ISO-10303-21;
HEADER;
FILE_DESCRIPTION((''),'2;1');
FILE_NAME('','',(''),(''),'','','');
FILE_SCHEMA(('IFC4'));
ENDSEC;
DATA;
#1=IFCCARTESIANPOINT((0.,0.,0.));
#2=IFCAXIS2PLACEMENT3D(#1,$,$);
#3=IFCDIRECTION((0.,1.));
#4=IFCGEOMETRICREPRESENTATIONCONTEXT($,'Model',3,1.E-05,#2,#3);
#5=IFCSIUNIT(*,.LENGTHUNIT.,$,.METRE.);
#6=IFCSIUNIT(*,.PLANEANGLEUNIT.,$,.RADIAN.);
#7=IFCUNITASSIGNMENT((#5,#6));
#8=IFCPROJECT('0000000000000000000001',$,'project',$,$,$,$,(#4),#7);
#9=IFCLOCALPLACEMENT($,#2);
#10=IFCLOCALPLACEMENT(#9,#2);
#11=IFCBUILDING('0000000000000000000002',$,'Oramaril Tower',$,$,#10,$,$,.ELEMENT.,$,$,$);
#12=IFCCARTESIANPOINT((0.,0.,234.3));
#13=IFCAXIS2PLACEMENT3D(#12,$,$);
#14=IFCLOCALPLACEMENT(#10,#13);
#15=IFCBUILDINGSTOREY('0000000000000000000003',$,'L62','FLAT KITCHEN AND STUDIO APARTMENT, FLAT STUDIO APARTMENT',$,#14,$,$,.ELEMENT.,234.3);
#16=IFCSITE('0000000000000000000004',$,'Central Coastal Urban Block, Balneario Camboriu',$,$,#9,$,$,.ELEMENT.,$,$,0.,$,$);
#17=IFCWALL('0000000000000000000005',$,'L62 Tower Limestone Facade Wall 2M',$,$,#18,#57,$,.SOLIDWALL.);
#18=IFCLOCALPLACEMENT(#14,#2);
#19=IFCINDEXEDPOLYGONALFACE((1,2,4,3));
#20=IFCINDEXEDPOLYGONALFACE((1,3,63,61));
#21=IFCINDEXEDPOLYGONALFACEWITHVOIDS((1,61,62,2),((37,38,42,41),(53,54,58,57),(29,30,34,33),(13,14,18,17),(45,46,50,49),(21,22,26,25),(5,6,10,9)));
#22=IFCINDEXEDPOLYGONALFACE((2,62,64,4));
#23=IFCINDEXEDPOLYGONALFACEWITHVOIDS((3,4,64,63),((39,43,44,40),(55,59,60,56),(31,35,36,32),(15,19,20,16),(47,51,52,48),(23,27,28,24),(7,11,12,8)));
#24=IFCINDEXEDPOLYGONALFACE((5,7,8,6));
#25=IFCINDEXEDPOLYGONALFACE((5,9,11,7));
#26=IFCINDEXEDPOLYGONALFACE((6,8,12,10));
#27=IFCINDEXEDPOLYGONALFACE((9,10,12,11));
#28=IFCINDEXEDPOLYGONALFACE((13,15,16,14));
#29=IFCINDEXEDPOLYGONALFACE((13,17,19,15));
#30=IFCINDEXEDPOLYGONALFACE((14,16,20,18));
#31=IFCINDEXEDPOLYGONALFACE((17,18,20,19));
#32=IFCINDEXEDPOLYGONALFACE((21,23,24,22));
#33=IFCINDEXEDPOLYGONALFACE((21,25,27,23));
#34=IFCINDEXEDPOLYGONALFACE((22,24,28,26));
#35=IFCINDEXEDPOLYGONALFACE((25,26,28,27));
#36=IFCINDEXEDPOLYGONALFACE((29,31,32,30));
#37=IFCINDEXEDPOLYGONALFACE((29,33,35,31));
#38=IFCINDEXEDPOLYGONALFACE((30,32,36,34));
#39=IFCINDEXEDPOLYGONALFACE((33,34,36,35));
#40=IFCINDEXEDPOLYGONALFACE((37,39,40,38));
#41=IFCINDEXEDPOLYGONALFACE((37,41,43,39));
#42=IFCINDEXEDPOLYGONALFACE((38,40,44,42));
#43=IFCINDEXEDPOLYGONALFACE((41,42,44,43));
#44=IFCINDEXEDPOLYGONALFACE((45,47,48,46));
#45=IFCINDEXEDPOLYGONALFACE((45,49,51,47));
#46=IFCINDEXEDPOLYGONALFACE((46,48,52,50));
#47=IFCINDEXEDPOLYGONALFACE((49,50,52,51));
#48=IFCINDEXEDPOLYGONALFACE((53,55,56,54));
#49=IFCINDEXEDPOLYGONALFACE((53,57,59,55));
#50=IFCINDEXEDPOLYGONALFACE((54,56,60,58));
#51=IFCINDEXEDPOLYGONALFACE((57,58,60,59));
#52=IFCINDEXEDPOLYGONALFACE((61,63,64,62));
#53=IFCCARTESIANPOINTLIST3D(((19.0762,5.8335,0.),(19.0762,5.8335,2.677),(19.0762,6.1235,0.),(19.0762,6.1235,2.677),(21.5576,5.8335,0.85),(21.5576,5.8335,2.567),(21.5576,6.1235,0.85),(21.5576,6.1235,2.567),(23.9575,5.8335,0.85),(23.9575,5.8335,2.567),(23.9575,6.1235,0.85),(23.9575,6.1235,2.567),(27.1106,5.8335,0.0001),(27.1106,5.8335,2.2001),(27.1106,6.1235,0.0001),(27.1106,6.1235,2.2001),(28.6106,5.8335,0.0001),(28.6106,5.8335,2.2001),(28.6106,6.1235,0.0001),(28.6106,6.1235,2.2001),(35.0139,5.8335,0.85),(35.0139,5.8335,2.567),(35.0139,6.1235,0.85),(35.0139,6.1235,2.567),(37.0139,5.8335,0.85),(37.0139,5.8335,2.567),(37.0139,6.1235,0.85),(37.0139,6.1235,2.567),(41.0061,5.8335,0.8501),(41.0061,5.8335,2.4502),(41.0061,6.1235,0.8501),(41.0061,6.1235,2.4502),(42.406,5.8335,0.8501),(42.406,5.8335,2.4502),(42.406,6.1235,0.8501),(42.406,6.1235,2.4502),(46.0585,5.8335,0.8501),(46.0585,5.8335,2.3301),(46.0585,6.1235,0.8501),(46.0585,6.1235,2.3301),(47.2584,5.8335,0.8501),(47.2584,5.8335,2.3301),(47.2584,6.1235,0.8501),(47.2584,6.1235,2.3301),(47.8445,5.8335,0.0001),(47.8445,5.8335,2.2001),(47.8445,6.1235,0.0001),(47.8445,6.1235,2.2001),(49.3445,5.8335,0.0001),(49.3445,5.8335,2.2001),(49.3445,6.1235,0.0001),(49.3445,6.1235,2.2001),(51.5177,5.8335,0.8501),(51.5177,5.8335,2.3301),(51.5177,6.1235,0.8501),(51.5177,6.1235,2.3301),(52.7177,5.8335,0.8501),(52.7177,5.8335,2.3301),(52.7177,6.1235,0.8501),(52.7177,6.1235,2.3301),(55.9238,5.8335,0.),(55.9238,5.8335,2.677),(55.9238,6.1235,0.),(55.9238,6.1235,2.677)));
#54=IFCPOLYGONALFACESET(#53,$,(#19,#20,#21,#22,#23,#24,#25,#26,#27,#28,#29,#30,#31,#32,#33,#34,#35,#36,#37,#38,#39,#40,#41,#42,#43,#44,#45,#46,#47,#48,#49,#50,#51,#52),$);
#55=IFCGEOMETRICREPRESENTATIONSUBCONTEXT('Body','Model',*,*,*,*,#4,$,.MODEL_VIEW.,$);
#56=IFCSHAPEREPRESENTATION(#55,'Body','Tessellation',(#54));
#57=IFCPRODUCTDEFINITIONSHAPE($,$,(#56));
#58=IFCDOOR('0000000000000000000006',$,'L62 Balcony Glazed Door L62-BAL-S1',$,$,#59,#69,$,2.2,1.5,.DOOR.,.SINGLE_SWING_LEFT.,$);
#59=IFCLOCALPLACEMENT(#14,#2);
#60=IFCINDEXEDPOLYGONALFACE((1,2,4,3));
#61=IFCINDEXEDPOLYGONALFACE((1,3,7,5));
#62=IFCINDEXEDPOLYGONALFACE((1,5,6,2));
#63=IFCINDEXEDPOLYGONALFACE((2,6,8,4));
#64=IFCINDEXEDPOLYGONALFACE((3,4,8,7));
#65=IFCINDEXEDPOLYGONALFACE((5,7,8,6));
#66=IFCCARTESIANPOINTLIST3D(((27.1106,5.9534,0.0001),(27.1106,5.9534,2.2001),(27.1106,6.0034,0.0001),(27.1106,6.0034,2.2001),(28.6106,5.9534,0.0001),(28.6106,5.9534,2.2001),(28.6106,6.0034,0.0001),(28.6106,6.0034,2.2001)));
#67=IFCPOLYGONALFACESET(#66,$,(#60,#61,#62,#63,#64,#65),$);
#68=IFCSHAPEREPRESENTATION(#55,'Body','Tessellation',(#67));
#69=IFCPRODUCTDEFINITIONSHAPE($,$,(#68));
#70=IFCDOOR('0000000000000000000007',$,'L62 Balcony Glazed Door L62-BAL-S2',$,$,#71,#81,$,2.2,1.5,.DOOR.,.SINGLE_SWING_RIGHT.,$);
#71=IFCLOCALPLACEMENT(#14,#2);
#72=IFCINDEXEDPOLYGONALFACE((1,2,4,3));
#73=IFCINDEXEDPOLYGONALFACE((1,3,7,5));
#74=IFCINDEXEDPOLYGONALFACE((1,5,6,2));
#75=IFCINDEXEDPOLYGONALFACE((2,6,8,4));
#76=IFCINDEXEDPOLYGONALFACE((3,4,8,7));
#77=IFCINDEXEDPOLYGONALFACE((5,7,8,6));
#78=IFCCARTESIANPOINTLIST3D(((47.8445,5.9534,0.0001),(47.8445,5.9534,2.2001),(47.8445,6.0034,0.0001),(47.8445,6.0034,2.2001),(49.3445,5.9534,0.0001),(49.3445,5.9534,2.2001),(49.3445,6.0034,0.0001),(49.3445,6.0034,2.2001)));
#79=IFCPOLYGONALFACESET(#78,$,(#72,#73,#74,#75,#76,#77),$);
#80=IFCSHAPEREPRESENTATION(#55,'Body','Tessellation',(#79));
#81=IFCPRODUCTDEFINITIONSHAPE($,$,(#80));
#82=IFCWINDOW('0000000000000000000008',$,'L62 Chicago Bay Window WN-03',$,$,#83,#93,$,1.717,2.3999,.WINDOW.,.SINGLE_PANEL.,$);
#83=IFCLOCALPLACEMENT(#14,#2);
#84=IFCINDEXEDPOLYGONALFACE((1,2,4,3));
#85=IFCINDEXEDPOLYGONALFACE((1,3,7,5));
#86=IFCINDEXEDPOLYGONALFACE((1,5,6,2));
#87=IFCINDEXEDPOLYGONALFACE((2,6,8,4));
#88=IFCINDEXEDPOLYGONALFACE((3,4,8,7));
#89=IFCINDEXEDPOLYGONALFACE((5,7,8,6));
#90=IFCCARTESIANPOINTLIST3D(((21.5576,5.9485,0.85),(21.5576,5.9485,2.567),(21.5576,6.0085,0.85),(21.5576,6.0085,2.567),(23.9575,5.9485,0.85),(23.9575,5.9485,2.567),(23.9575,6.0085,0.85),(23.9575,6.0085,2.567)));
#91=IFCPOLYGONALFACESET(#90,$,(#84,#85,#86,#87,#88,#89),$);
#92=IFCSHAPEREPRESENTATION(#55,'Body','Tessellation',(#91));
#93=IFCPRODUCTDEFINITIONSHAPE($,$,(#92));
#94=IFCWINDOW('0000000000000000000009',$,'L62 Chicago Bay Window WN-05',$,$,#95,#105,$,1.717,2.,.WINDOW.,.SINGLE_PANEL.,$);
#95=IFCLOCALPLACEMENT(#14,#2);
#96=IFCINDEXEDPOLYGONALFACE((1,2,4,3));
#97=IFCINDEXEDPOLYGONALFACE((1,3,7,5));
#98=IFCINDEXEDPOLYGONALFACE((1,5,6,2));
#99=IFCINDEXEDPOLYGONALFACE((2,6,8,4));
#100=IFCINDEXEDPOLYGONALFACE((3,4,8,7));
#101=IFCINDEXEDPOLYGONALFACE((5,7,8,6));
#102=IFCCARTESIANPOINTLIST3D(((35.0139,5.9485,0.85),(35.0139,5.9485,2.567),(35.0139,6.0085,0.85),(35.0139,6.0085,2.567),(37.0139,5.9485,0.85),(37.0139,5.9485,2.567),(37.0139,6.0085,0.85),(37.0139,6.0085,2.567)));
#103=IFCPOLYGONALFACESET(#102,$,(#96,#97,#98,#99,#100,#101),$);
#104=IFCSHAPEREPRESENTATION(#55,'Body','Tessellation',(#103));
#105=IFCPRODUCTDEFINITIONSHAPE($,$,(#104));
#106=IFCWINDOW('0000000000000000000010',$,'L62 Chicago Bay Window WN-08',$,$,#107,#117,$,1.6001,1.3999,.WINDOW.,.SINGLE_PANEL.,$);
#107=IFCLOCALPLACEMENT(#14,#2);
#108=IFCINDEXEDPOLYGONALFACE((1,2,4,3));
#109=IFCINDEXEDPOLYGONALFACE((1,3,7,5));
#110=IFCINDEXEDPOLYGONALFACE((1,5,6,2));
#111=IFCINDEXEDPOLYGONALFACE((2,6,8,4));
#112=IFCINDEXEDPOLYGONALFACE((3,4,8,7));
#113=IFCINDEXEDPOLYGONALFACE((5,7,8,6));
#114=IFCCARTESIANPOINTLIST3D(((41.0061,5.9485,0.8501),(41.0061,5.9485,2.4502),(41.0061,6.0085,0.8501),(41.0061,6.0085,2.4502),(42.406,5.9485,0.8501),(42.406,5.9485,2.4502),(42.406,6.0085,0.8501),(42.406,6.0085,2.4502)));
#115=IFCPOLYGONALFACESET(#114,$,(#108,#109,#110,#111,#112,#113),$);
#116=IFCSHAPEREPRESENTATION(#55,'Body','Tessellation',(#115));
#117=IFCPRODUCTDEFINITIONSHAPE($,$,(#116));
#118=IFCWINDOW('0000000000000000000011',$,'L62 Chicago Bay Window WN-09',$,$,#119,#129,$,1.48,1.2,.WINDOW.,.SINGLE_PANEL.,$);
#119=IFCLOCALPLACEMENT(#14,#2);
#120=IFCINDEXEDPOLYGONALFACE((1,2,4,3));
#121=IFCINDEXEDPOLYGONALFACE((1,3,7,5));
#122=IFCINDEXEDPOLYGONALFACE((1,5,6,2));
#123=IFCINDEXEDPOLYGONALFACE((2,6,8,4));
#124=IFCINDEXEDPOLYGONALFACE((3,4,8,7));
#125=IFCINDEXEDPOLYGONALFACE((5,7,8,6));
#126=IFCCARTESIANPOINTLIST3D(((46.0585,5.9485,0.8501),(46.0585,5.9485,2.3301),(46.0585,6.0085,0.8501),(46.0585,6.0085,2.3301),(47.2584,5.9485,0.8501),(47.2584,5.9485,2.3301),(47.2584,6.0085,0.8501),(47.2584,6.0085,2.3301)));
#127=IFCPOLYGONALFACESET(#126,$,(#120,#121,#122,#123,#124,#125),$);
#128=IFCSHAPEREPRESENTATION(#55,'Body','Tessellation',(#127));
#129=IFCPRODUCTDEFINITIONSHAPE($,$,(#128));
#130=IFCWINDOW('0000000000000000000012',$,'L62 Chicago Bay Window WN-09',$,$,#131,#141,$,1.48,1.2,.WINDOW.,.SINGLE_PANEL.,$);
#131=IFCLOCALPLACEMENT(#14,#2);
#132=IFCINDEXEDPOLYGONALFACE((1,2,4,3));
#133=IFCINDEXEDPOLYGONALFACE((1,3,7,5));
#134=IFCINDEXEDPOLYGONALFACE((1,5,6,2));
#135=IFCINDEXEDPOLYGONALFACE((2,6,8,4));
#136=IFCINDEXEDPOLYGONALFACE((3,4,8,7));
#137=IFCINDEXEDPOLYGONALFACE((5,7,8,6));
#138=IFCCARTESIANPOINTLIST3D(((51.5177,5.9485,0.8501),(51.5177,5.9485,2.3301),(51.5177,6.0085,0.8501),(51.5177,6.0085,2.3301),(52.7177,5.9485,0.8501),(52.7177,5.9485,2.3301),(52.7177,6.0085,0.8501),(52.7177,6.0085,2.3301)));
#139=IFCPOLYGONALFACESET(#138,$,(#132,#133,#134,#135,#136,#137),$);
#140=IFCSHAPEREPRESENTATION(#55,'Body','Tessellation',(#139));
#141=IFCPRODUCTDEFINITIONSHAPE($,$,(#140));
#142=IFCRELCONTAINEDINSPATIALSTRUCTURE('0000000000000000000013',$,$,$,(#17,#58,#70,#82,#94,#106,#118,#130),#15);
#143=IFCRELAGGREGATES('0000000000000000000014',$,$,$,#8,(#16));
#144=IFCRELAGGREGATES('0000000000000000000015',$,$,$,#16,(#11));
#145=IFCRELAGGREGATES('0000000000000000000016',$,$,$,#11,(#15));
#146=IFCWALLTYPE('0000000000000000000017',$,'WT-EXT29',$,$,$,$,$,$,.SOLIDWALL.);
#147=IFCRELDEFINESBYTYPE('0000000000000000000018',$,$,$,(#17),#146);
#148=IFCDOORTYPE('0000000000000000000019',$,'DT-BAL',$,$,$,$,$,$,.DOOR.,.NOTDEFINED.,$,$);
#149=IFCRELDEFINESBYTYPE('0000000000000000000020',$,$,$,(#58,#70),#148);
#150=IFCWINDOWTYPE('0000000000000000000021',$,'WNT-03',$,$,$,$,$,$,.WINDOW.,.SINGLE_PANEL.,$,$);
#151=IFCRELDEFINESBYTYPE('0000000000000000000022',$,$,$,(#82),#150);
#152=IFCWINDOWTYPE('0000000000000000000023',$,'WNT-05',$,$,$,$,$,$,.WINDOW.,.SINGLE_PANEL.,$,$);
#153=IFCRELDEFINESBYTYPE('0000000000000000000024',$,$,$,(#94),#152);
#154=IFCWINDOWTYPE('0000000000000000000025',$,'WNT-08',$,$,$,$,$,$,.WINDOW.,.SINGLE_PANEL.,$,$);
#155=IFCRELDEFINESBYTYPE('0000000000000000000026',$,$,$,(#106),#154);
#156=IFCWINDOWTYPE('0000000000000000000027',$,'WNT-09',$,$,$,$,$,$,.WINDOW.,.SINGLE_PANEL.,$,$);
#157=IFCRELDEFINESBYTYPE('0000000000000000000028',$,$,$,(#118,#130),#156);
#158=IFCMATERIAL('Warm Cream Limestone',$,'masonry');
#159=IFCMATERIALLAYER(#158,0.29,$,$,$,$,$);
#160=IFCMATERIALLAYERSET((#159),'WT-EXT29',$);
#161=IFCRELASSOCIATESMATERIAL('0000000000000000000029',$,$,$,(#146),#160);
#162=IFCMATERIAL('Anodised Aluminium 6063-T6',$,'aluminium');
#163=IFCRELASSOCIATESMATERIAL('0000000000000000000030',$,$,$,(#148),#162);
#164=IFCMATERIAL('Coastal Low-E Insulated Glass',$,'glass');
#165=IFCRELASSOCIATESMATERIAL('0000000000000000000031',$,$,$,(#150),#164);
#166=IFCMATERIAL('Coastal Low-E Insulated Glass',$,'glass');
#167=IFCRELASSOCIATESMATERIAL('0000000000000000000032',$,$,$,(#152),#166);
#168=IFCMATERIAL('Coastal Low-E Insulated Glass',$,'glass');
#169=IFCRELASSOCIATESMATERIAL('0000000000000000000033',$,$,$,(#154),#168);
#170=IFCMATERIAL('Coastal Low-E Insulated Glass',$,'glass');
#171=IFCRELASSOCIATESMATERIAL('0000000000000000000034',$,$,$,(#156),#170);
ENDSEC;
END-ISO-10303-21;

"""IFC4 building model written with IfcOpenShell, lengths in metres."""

from ifc_helpers import new_model, si_unit, direction, frame, frame_2d, origin, place, context, subcontext, project, spatial, rectangle, extrude, material, layer, layer_set, type_object, element, fill, save


model = new_model("IFC4")

# Units and contexts
model_context = context("Model", 3, precision=1e-05, world=origin(), true_north=direction((0.0, 1.0)))
body_context = subcontext(model_context, "Body", "Model", "MODEL_VIEW")
ifc_project = project(units=[si_unit("LENGTHUNIT", "METRE"), si_unit("PLANEANGLEUNIT", "RADIAN")], contexts=[model_context])

# Site, building, storey
site_placement = place(None, origin())
site = spatial("IfcSite", under=ifc_project, at=site_placement, Name="Central Coastal Urban Block, Balneario Camboriu", CompositionType="ELEMENT", RefElevation=0.0)
building_placement = place(site_placement, origin())
building = spatial("IfcBuilding", under=site, at=building_placement, Name="Oramaril Tower", CompositionType="ELEMENT")
storey_placement = place(building_placement, frame((0.0, 0.0, 234.3)))
storey = spatial("IfcBuildingStorey", under=building, at=storey_placement, Name="L62", Description="FLAT KITCHEN AND STUDIO APARTMENT, FLAT STUDIO APARTMENT", CompositionType="ELEMENT", Elevation=234.3)

# Wall, openings, doors, windows
ifc_material_1 = material(Name="Warm Cream Limestone", Category="masonry")
ifc_layer_1 = layer(ifc_material_1, 0.29)
ifc_layer_set_1 = layer_set([ifc_layer_1], Name="WT-EXT29")
wall_type_1 = type_object("IfcWallType", Name="WT-EXT29", PredefinedType="SOLIDWALL", material=ifc_layer_set_1)
wall_1_placement = place(storey_placement, frame((19.0762, 5.9785, 0.0), z_axis=(0.0, 0.0, 1.0), x_axis=(1.0, 0.0, 0.0)))
wall_1 = element("IfcWall", 1, at=wall_1_placement, inside=storey, type_object=wall_type_1, Name="L62 Tower Limestone Facade Wall 2M", PredefinedType="SOLIDWALL", context=body_context, shape_type="SweptSolid", body=[
    extrude(rectangle(XDim=36.8477, YDim=0.29, at=frame_2d((18.4238, 0.0))), origin(), (0.0, 0.0, 1.0), 2.677),
])
opening_1_placement = place(wall_1_placement, frame((8.0344, 0.0, 0.0)))
opening_1 = element("IfcOpeningElement", 2, at=opening_1_placement, cuts=wall_1, PredefinedType="OPENING", context=body_context, shape_type="SweptSolid", body=[
    extrude(rectangle(XDim=1.5, YDim=2.2, at=frame_2d((0.75, 1.1001))), frame((0.0, 0.145, 0.0), z_axis=(0.0, -1.0, 0.0), x_axis=(1.0, 0.0, 0.0)), (0.0, 0.0, 1.0), 0.29),
])
opening_2_placement = place(wall_1_placement, frame((28.7683, 0.0, 0.0)))
opening_2 = element("IfcOpeningElement", 3, at=opening_2_placement, cuts=wall_1, PredefinedType="OPENING", context=body_context, shape_type="SweptSolid", body=[
    extrude(rectangle(XDim=1.5, YDim=2.2, at=frame_2d((0.75, 1.1001))), frame((0.0, 0.145, 0.0), z_axis=(0.0, -1.0, 0.0), x_axis=(1.0, 0.0, 0.0)), (0.0, 0.0, 1.0), 0.29),
])
opening_3_placement = place(wall_1_placement, frame((2.4814, 0.0, 0.8501)))
opening_3 = element("IfcOpeningElement", 4, at=opening_3_placement, cuts=wall_1, PredefinedType="OPENING", context=body_context, shape_type="SweptSolid", body=[
    extrude(rectangle(XDim=2.3999, YDim=1.717, at=frame_2d((1.2, 0.8584))), frame((0.0, 0.145, 0.0), z_axis=(0.0, -1.0, 0.0), x_axis=(1.0, 0.0, 0.0)), (0.0, 0.0, 1.0), 0.29),
])
opening_4_placement = place(wall_1_placement, frame((15.9377, 0.0, 0.8501)))
opening_4 = element("IfcOpeningElement", 5, at=opening_4_placement, cuts=wall_1, PredefinedType="OPENING", context=body_context, shape_type="SweptSolid", body=[
    extrude(rectangle(XDim=2.0, YDim=1.717, at=frame_2d((1.0, 0.8584))), frame((0.0, 0.145, 0.0), z_axis=(0.0, -1.0, 0.0), x_axis=(1.0, 0.0, 0.0)), (0.0, 0.0, 1.0), 0.29),
])
opening_5_placement = place(wall_1_placement, frame((21.9299, 0.0, 0.8501)))
opening_5 = element("IfcOpeningElement", 6, at=opening_5_placement, cuts=wall_1, PredefinedType="OPENING", context=body_context, shape_type="SweptSolid", body=[
    extrude(rectangle(XDim=1.3999, YDim=1.6001, at=frame_2d((0.7, 0.8))), frame((0.0, 0.145, 0.0), z_axis=(0.0, -1.0, 0.0), x_axis=(1.0, 0.0, 0.0)), (0.0, 0.0, 1.0), 0.29),
])
opening_6_placement = place(wall_1_placement, frame((26.9822, 0.0, 0.8501)))
opening_6 = element("IfcOpeningElement", 7, at=opening_6_placement, cuts=wall_1, PredefinedType="OPENING", context=body_context, shape_type="SweptSolid", body=[
    extrude(rectangle(XDim=1.2, YDim=1.48, at=frame_2d((0.6001, 0.74))), frame((0.0, 0.145, 0.0), z_axis=(0.0, -1.0, 0.0), x_axis=(1.0, 0.0, 0.0)), (0.0, 0.0, 1.0), 0.29),
])
opening_7_placement = place(wall_1_placement, frame((32.4414, 0.0, 0.8501)))
opening_7 = element("IfcOpeningElement", 8, at=opening_7_placement, cuts=wall_1, PredefinedType="OPENING", context=body_context, shape_type="SweptSolid", body=[
    extrude(rectangle(XDim=1.2, YDim=1.48, at=frame_2d((0.6001, 0.74))), frame((0.0, 0.145, 0.0), z_axis=(0.0, -1.0, 0.0), x_axis=(1.0, 0.0, 0.0)), (0.0, 0.0, 1.0), 0.29),
])
ifc_material_2 = material(Name="Anodised Aluminium 6063-T6", Category="aluminium")
door_type_1 = type_object("IfcDoorType", Name="DT-BAL", OperationType="NOTDEFINED", PredefinedType="DOOR", material=ifc_material_2)
door_1_placement = place(opening_1_placement, origin())
door_1 = element("IfcDoor", 9, at=door_1_placement, inside=storey, type_object=door_type_1, Name="L62 Balcony Glazed Door L62-BAL-S1", OperationType="SINGLE_SWING_LEFT", OverallHeight=2.2, OverallWidth=1.5, PredefinedType="DOOR", context=body_context, shape_type="SweptSolid", body=[
    extrude(rectangle(XDim=1.5, YDim=2.2, at=frame_2d((0.75, 1.1001))), frame((0.0, 0.0249, 0.0), z_axis=(0.0, -1.0, 0.0), x_axis=(1.0, 0.0, 0.0)), (0.0, 0.0, 1.0), 0.05),
])
fill(opening_1, door_1)
door_2_placement = place(opening_2_placement, origin())
door_2 = element("IfcDoor", 10, at=door_2_placement, inside=storey, type_object=door_type_1, Name="L62 Balcony Glazed Door L62-BAL-S2", OperationType="SINGLE_SWING_RIGHT", OverallHeight=2.2, OverallWidth=1.5, PredefinedType="DOOR", context=body_context, shape_type="SweptSolid", body=[
    extrude(rectangle(XDim=1.5, YDim=2.2, at=frame_2d((0.75, 1.1001))), frame((0.0, 0.0249, 0.0), z_axis=(0.0, -1.0, 0.0), x_axis=(1.0, 0.0, 0.0)), (0.0, 0.0, 1.0), 0.05),
])
fill(opening_2, door_2)
ifc_material_3 = material(Name="Coastal Low-E Insulated Glass", Category="glass")
window_type_1 = type_object("IfcWindowType", Name="WNT-03", PartitioningType="SINGLE_PANEL", PredefinedType="WINDOW", material=ifc_material_3)
window_1_placement = place(opening_3_placement, origin())
window_1 = element("IfcWindow", 11, at=window_1_placement, inside=storey, type_object=window_type_1, Name="L62 Chicago Bay Window WN-03", OverallHeight=1.717, OverallWidth=2.3999, PartitioningType="SINGLE_PANEL", PredefinedType="WINDOW", context=body_context, shape_type="SweptSolid", body=[
    extrude(rectangle(XDim=2.3999, YDim=1.717, at=frame_2d((1.2, 0.8584))), frame((0.0, 0.03, 0.0), z_axis=(0.0, -1.0, 0.0), x_axis=(1.0, 0.0, 0.0)), (0.0, 0.0, 1.0), 0.0601),
])
fill(opening_3, window_1)
ifc_material_4 = material(Name="Coastal Low-E Insulated Glass", Category="glass")
window_type_2 = type_object("IfcWindowType", Name="WNT-05", PartitioningType="SINGLE_PANEL", PredefinedType="WINDOW", material=ifc_material_4)
window_2_placement = place(opening_4_placement, origin())
window_2 = element("IfcWindow", 12, at=window_2_placement, inside=storey, type_object=window_type_2, Name="L62 Chicago Bay Window WN-05", OverallHeight=1.717, OverallWidth=2.0, PartitioningType="SINGLE_PANEL", PredefinedType="WINDOW", context=body_context, shape_type="SweptSolid", body=[
    extrude(rectangle(XDim=2.0, YDim=1.717, at=frame_2d((1.0, 0.8584))), frame((0.0, 0.03, 0.0), z_axis=(0.0, -1.0, 0.0), x_axis=(1.0, 0.0, 0.0)), (0.0, 0.0, 1.0), 0.0601),
])
fill(opening_4, window_2)
ifc_material_5 = material(Name="Coastal Low-E Insulated Glass", Category="glass")
window_type_3 = type_object("IfcWindowType", Name="WNT-08", PartitioningType="SINGLE_PANEL", PredefinedType="WINDOW", material=ifc_material_5)
window_3_placement = place(opening_5_placement, origin())
window_3 = element("IfcWindow", 13, at=window_3_placement, inside=storey, type_object=window_type_3, Name="L62 Chicago Bay Window WN-08", OverallHeight=1.6001, OverallWidth=1.3999, PartitioningType="SINGLE_PANEL", PredefinedType="WINDOW", context=body_context, shape_type="SweptSolid", body=[
    extrude(rectangle(XDim=1.3999, YDim=1.6001, at=frame_2d((0.7, 0.8))), frame((0.0, 0.03, 0.0), z_axis=(0.0, -1.0, 0.0), x_axis=(1.0, 0.0, 0.0)), (0.0, 0.0, 1.0), 0.0601),
])
fill(opening_5, window_3)
ifc_material_6 = material(Name="Coastal Low-E Insulated Glass", Category="glass")
window_type_4 = type_object("IfcWindowType", Name="WNT-09", PartitioningType="SINGLE_PANEL", PredefinedType="WINDOW", material=ifc_material_6)
window_4_placement = place(opening_6_placement, origin())
window_4 = element("IfcWindow", 14, at=window_4_placement, inside=storey, type_object=window_type_4, Name="L62 Chicago Bay Window WN-09", OverallHeight=1.48, OverallWidth=1.2, PartitioningType="SINGLE_PANEL", PredefinedType="WINDOW", context=body_context, shape_type="SweptSolid", body=[
    extrude(rectangle(XDim=1.2, YDim=1.48, at=frame_2d((0.6001, 0.74))), frame((0.0, 0.03, 0.0), z_axis=(0.0, -1.0, 0.0), x_axis=(1.0, 0.0, 0.0)), (0.0, 0.0, 1.0), 0.0601),
])
fill(opening_6, window_4)
window_5_placement = place(opening_7_placement, origin())
window_5 = element("IfcWindow", 15, at=window_5_placement, inside=storey, type_object=window_type_4, Name="L62 Chicago Bay Window WN-09", OverallHeight=1.48, OverallWidth=1.2, PartitioningType="SINGLE_PANEL", PredefinedType="WINDOW", context=body_context, shape_type="SweptSolid", body=[
    extrude(rectangle(XDim=1.2, YDim=1.48, at=frame_2d((0.6001, 0.74))), frame((0.0, 0.03, 0.0), z_axis=(0.0, -1.0, 0.0), x_axis=(1.0, 0.0, 0.0)), (0.0, 0.0, 1.0), 0.0601),
])
fill(opening_7, window_5)

save(model, "model.ifc")
